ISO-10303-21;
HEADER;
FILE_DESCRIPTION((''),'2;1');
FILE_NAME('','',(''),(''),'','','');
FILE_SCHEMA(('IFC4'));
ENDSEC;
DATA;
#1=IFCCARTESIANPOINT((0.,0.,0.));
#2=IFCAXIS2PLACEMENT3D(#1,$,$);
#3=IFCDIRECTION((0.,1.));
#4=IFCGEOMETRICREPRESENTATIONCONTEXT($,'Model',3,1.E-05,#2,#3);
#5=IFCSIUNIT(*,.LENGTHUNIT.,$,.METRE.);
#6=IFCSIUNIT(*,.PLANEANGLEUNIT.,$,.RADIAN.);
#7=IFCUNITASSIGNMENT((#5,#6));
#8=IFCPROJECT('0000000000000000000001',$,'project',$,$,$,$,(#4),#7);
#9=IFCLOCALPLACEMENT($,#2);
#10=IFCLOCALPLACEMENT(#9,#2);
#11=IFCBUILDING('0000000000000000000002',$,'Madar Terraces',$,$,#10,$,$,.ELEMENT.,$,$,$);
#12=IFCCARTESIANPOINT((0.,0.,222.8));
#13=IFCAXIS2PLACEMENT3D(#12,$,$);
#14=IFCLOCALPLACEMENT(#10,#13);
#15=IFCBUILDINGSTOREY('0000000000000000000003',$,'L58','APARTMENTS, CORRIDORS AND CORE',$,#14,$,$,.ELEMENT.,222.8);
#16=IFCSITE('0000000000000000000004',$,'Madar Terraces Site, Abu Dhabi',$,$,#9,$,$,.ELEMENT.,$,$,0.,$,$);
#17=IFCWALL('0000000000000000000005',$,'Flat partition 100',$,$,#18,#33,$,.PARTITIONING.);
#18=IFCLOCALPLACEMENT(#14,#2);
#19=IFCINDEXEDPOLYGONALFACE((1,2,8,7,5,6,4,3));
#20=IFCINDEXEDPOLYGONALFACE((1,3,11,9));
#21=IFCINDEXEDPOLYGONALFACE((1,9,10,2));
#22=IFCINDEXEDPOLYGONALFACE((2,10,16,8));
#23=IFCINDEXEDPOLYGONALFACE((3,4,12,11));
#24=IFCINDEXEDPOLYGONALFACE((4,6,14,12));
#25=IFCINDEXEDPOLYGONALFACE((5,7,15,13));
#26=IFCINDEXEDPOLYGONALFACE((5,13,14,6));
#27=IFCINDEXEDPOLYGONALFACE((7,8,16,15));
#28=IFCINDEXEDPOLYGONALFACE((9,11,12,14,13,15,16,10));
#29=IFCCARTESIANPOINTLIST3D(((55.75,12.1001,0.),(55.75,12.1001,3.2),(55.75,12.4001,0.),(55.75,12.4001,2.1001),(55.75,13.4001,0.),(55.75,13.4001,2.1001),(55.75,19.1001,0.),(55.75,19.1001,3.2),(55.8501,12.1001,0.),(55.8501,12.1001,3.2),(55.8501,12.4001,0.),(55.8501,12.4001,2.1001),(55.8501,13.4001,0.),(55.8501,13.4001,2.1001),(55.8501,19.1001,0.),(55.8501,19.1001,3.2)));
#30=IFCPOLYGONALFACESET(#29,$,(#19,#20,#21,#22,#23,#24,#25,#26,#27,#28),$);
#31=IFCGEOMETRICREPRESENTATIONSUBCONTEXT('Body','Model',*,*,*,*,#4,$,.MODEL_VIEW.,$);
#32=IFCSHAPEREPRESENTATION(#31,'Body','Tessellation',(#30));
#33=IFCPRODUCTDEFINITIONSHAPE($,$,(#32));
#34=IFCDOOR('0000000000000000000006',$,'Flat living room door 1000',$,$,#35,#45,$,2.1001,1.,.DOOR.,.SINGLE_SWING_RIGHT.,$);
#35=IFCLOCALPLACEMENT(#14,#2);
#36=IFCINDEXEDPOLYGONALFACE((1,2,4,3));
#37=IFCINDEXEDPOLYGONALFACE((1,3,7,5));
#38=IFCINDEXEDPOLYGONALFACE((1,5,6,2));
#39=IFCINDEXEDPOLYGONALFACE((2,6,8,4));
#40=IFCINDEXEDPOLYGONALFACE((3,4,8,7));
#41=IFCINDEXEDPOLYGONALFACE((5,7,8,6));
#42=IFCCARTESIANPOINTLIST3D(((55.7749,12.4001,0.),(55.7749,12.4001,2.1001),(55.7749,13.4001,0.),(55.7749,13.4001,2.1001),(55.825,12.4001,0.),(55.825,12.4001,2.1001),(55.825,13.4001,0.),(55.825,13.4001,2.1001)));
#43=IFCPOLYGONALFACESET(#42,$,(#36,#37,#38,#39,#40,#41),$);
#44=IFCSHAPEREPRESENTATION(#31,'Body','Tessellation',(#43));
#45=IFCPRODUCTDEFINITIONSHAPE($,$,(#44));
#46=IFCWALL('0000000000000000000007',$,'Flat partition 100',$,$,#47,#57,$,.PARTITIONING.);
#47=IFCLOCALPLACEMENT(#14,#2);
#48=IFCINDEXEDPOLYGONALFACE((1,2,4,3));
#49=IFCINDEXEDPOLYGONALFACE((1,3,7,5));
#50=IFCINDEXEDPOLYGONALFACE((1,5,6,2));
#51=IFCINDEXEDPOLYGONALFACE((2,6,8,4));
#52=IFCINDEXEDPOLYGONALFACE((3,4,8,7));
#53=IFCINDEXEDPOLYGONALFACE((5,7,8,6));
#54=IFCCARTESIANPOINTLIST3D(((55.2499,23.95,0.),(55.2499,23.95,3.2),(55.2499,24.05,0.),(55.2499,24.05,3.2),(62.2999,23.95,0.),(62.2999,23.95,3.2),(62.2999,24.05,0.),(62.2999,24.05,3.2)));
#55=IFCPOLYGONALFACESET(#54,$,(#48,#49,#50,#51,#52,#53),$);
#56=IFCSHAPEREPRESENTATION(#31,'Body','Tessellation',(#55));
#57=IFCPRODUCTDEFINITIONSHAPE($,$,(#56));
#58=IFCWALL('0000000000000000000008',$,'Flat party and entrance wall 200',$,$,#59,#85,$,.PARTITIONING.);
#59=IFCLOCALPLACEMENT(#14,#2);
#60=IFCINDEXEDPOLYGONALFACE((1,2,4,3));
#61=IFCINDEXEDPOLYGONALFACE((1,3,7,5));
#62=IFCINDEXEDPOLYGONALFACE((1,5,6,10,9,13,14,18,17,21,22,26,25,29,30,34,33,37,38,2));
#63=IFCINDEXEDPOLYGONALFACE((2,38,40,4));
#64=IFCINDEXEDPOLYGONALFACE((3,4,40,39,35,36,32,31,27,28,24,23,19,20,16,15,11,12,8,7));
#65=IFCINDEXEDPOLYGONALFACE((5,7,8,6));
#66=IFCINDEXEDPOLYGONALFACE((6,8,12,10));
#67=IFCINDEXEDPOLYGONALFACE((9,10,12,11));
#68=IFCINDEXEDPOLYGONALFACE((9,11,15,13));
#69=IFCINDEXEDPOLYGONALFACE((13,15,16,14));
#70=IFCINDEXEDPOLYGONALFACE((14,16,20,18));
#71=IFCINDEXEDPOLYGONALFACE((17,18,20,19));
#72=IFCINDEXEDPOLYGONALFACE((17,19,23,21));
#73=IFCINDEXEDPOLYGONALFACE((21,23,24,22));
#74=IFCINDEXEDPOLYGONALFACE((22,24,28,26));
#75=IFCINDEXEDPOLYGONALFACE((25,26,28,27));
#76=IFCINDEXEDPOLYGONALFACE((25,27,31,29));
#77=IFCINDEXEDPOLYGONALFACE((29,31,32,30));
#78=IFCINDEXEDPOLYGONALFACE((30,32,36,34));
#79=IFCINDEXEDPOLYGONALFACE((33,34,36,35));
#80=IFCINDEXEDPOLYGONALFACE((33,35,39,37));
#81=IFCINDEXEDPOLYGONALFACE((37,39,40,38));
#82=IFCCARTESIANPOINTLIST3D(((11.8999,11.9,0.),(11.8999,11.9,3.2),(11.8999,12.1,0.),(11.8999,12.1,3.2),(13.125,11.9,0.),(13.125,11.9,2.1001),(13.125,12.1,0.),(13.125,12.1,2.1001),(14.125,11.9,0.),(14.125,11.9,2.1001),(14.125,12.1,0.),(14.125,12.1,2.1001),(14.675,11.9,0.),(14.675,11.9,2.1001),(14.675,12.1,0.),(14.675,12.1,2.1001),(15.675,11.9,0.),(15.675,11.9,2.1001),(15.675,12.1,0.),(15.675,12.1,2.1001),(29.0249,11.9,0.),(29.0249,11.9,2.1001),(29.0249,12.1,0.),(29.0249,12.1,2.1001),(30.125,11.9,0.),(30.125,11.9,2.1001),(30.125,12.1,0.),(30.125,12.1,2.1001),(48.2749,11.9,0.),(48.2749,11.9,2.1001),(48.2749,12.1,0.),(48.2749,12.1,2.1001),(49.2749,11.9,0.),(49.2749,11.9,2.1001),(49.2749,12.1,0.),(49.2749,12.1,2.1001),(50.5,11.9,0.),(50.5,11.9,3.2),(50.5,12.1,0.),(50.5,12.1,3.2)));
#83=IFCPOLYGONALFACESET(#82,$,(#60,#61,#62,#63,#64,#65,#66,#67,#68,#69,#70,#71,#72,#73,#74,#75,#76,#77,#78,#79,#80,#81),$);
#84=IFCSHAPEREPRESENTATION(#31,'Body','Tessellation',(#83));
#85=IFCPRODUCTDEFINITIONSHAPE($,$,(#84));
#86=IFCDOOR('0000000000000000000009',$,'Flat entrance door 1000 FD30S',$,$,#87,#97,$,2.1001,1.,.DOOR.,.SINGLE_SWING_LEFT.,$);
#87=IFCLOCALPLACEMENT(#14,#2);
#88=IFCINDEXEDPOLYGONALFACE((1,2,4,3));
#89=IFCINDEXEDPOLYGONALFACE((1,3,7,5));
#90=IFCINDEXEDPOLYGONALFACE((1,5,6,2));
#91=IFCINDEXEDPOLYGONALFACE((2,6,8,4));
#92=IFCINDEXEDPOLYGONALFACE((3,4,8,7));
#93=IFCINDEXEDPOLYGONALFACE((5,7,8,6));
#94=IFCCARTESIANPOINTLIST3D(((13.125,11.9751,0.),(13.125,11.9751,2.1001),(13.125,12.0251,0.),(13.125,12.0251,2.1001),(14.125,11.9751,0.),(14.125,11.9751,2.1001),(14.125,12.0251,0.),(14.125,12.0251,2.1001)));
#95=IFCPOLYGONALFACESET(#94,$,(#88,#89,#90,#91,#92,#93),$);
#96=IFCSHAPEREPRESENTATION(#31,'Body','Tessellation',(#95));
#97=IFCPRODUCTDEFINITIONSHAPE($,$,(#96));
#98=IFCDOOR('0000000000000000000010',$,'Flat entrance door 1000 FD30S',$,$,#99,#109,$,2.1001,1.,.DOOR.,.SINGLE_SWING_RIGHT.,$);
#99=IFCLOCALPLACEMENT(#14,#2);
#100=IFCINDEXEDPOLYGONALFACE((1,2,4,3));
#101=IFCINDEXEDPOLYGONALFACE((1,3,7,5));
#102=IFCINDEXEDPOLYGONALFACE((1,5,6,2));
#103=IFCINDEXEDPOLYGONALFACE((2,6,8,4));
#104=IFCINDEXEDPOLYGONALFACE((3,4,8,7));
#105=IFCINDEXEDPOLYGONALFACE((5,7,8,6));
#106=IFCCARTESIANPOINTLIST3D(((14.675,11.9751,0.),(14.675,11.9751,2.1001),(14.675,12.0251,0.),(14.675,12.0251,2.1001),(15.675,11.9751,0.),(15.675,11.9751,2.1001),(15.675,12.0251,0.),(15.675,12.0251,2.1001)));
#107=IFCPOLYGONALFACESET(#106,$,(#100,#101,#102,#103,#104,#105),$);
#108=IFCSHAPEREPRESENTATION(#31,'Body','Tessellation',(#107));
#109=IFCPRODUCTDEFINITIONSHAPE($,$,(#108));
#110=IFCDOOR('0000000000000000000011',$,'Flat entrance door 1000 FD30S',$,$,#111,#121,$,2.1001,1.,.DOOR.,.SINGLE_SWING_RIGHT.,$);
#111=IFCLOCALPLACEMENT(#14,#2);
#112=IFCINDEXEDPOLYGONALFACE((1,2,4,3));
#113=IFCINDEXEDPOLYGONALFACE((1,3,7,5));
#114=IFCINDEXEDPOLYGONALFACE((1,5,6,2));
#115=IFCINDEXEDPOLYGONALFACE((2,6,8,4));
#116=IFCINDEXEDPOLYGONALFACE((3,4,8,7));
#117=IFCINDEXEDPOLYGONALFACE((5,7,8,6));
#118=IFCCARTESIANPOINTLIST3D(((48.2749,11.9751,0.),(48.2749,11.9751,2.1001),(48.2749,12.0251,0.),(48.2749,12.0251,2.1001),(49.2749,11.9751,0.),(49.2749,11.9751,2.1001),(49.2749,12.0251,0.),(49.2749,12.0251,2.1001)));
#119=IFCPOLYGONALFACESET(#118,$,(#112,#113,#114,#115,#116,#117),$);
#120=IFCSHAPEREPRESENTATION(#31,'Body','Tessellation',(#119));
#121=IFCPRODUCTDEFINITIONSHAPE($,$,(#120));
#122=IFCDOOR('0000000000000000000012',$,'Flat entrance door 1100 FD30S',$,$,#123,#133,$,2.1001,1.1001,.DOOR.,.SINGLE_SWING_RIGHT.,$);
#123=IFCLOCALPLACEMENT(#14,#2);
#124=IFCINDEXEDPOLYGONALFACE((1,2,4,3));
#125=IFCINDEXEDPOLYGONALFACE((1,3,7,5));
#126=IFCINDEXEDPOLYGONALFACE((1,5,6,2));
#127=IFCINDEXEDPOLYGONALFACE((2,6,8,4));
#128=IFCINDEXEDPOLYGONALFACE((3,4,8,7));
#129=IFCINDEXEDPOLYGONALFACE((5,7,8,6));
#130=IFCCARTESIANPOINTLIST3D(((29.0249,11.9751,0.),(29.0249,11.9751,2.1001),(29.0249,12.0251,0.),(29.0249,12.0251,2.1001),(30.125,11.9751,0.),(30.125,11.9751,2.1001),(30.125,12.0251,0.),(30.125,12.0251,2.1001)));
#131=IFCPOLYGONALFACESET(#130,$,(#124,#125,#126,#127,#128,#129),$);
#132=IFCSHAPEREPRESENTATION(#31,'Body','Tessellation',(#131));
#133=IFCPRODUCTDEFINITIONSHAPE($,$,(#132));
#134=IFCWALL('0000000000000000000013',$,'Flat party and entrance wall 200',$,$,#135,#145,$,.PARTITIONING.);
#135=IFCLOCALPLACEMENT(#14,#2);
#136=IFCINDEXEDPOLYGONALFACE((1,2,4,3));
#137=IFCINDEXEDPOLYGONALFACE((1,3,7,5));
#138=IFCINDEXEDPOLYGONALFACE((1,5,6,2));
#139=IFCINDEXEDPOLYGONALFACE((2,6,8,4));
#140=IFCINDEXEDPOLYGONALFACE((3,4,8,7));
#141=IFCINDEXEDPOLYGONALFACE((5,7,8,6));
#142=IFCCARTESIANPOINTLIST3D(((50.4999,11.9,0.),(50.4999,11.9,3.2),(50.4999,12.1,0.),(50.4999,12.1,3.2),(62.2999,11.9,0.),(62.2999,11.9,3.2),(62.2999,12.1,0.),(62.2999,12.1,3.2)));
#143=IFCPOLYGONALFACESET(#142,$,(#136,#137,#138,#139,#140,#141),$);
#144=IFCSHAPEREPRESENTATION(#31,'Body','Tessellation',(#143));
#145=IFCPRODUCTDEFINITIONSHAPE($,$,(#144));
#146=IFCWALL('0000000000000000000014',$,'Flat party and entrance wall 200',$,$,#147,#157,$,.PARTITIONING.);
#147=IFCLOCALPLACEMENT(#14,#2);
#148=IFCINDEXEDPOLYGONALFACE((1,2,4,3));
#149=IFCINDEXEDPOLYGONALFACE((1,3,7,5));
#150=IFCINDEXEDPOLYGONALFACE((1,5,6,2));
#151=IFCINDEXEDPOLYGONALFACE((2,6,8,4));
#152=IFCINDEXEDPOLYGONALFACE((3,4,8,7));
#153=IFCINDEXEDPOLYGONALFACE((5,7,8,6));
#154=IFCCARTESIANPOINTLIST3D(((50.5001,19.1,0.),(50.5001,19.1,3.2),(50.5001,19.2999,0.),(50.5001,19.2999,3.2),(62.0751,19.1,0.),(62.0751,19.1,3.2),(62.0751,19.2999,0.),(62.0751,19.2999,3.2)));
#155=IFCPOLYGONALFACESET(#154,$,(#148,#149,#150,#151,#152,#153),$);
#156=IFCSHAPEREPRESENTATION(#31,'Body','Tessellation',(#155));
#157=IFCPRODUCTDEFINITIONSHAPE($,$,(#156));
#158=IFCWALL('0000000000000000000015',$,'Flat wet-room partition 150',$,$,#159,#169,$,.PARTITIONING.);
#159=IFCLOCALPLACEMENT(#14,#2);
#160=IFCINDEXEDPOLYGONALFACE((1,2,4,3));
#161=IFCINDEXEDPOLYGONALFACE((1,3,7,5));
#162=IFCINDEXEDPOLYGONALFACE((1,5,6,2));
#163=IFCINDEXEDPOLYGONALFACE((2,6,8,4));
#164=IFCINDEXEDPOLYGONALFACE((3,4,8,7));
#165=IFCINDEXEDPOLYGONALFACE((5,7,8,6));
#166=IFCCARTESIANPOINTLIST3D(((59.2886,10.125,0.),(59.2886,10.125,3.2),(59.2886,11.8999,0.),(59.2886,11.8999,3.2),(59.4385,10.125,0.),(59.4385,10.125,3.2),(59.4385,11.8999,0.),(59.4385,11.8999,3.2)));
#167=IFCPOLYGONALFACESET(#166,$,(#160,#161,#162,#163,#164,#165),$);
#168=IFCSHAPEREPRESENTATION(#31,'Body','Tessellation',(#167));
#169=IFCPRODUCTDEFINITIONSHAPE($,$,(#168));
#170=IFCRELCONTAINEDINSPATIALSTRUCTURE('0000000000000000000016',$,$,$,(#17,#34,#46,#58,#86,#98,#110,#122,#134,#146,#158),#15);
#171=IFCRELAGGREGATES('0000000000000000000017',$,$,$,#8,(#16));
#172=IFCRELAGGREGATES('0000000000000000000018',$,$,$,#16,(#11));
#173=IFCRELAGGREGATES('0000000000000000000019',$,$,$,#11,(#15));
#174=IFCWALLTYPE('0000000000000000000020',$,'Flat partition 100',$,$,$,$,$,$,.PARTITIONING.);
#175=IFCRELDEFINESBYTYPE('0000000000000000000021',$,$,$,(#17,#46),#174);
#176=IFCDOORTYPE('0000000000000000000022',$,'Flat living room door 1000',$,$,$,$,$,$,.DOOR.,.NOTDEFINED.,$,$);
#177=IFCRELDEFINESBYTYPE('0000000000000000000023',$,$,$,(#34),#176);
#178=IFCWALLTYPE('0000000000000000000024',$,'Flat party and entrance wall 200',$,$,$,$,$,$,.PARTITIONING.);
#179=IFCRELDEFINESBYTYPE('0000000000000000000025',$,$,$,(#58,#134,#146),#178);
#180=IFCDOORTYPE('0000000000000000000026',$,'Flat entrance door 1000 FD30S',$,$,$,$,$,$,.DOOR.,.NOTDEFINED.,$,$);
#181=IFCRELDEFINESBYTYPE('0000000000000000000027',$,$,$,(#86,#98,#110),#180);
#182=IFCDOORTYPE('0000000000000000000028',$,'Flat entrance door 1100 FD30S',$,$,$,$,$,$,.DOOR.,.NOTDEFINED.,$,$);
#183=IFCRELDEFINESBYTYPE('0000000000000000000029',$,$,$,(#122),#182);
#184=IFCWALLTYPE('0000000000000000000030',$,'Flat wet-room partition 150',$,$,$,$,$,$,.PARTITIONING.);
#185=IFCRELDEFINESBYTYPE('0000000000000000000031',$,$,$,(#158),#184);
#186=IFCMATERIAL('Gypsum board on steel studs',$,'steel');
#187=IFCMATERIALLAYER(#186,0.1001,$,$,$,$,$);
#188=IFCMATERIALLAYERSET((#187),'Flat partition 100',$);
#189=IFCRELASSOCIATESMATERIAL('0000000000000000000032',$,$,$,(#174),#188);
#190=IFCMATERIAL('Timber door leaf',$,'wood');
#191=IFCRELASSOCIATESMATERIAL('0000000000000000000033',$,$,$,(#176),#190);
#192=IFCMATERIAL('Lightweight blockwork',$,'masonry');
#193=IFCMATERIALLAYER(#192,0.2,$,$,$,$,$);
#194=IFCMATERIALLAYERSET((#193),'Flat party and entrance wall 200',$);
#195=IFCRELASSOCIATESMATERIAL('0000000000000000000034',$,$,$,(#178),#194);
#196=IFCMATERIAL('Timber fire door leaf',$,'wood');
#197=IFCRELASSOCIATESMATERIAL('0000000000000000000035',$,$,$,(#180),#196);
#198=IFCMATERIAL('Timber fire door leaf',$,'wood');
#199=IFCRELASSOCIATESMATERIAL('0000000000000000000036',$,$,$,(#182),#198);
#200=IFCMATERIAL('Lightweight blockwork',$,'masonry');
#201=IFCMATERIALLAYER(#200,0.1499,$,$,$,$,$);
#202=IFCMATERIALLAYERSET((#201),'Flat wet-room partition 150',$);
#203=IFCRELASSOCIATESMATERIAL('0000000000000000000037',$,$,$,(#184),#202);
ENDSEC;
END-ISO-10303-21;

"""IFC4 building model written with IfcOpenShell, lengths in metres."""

from ifc_helpers import new_model, si_unit, direction, frame, frame_2d, origin, place, context, subcontext, project, spatial, rectangle, extrude, material, layer, layer_set, type_object, element, fill, save


model = new_model("IFC4")

# Units and contexts
model_context = context("Model", 3, precision=1e-05, world=origin(), true_north=direction((0.0, 1.0)))
body_context = subcontext(model_context, "Body", "Model", "MODEL_VIEW")
ifc_project = project(units=[si_unit("LENGTHUNIT", "METRE"), si_unit("PLANEANGLEUNIT", "RADIAN")], contexts=[model_context])

# Site, building, storey
site_placement = place(None, origin())
site = spatial("IfcSite", under=ifc_project, at=site_placement, Name="Madar Terraces Site, Abu Dhabi", CompositionType="ELEMENT", RefElevation=0.0)
building_placement = place(site_placement, origin())
building = spatial("IfcBuilding", under=site, at=building_placement, Name="Madar Terraces", CompositionType="ELEMENT")
storey_placement = place(building_placement, frame((0.0, 0.0, 222.8)))
storey = spatial("IfcBuildingStorey", under=building, at=storey_placement, Name="L58", Description="APARTMENTS, CORRIDORS AND CORE", CompositionType="ELEMENT", Elevation=222.8)

# Wall, opening, door
ifc_material_1 = material(Name="Gypsum board on steel studs", Category="steel")
ifc_layer_1 = layer(ifc_material_1, 0.1001)
ifc_layer_set_1 = layer_set([ifc_layer_1], Name="Flat partition 100")
wall_type_1 = type_object("IfcWallType", Name="Flat partition 100", PredefinedType="PARTITIONING", material=ifc_layer_set_1)
wall_1_placement = place(storey_placement, frame((55.8, 19.1001, 0.0), z_axis=(0.0, 0.0, 1.0), x_axis=(0.0, -1.0, 0.0)))
wall_1 = element("IfcWall", 1, at=wall_1_placement, inside=storey, type_object=wall_type_1, Name="Flat partition 100", PredefinedType="PARTITIONING", context=body_context, shape_type="SweptSolid", body=[
    extrude(rectangle(XDim=7.0, YDim=0.1001, at=frame_2d((3.5, 0.0))), origin(), (0.0, 0.0, 1.0), 3.2),
])
opening_1_placement = place(wall_1_placement, frame((5.7, 0.0, 0.0)))
opening_1 = element("IfcOpeningElement", 2, at=opening_1_placement, cuts=wall_1, PredefinedType="OPENING", context=body_context, shape_type="SweptSolid", body=[
    extrude(rectangle(XDim=1.0, YDim=2.1001, at=frame_2d((0.5, 1.05))), frame((0.0, 0.0601, 0.0), z_axis=(0.0, -1.0, 0.0), x_axis=(1.0, 0.0, 0.0)), (0.0, 0.0, 1.0), 0.1201),
])
ifc_material_2 = material(Name="Timber door leaf", Category="wood")
door_type_1 = type_object("IfcDoorType", Name="Flat living room door 1000", OperationType="NOTDEFINED", PredefinedType="DOOR", material=ifc_material_2)
door_1_placement = place(opening_1_placement, origin())
door_1 = element("IfcDoor", 3, at=door_1_placement, inside=storey, type_object=door_type_1, Name="Flat living room door 1000", OperationType="SINGLE_SWING_RIGHT", OverallHeight=2.1001, OverallWidth=1.0, PredefinedType="DOOR", context=body_context, shape_type="SweptSolid", body=[
    extrude(rectangle(XDim=1.0, YDim=2.1001, at=frame_2d((0.5, 1.05))), frame((0.0, 0.0249, 0.0), z_axis=(0.0, -1.0, 0.0), x_axis=(1.0, 0.0, 0.0)), (0.0, 0.0, 1.0), 0.05),
])
fill(opening_1, door_1)

# Wall
wall_2_placement = place(storey_placement, frame((55.25, 24.0, 0.0), z_axis=(0.0, 0.0, 1.0), x_axis=(1.0, 0.0, 0.0)))
element("IfcWall", 4, at=wall_2_placement, inside=storey, type_object=wall_type_1, Name="Flat partition 100", PredefinedType="PARTITIONING", context=body_context, shape_type="SweptSolid", body=[
    extrude(rectangle(XDim=7.05, YDim=0.1001, at=frame_2d((3.5249, 0.0))), origin(), (0.0, 0.0, 1.0), 3.2),
])

# Wall, openings, doors
ifc_material_3 = material(Name="Lightweight blockwork", Category="masonry")
ifc_layer_2 = layer(ifc_material_3, 0.2)
ifc_layer_set_2 = layer_set([ifc_layer_2], Name="Flat party and entrance wall 200")
wall_type_2 = type_object("IfcWallType", Name="Flat party and entrance wall 200", PredefinedType="PARTITIONING", material=ifc_layer_set_2)
wall_3_placement = place(storey_placement, frame((50.5, 12.0, 0.0), z_axis=(0.0, 0.0, 1.0), x_axis=(-1.0, 0.0, 0.0)))
wall_3 = element("IfcWall", 5, at=wall_3_placement, inside=storey, type_object=wall_type_2, Name="Flat party and entrance wall 200", PredefinedType="PARTITIONING", context=body_context, shape_type="SweptSolid", body=[
    extrude(rectangle(XDim=38.6001, YDim=0.2, at=frame_2d((19.3, 0.0))), origin(), (0.0, 0.0, 1.0), 3.2),
])
opening_2_placement = place(wall_3_placement, frame((36.375, 0.0, 0.0)))
opening_2 = element("IfcOpeningElement", 6, at=opening_2_placement, cuts=wall_3, PredefinedType="OPENING", context=body_context, shape_type="SweptSolid", body=[
    extrude(rectangle(XDim=1.0, YDim=2.1001, at=frame_2d((0.5, 1.05))), frame((0.0, 0.1099, 0.0), z_axis=(0.0, -1.0, 0.0), x_axis=(1.0, 0.0, 0.0)), (0.0, 0.0, 1.0), 0.22),
])
opening_3_placement = place(wall_3_placement, frame((34.825, 0.0, 0.0)))
opening_3 = element("IfcOpeningElement", 7, at=opening_3_placement, cuts=wall_3, PredefinedType="OPENING", context=body_context, shape_type="SweptSolid", body=[
    extrude(rectangle(XDim=1.0, YDim=2.1001, at=frame_2d((0.5, 1.05))), frame((0.0, 0.1099, 0.0), z_axis=(0.0, -1.0, 0.0), x_axis=(1.0, 0.0, 0.0)), (0.0, 0.0, 1.0), 0.22),
])
opening_4_placement = place(wall_3_placement, frame((20.375, 0.0, 0.0)))
opening_4 = element("IfcOpeningElement", 8, at=opening_4_placement, cuts=wall_3, PredefinedType="OPENING", context=body_context, shape_type="SweptSolid", body=[
    extrude(rectangle(XDim=1.1001, YDim=2.1001, at=frame_2d((0.55, 1.05))), frame((0.0, 0.1099, 0.0), z_axis=(0.0, -1.0, 0.0), x_axis=(1.0, 0.0, 0.0)), (0.0, 0.0, 1.0), 0.22),
])
opening_5_placement = place(wall_3_placement, frame((1.2251, 0.0, 0.0)))
opening_5 = element("IfcOpeningElement", 9, at=opening_5_placement, cuts=wall_3, PredefinedType="OPENING", context=body_context, shape_type="SweptSolid", body=[
    extrude(rectangle(XDim=1.0, YDim=2.1001, at=frame_2d((0.5, 1.05))), frame((0.0, 0.1099, 0.0), z_axis=(0.0, -1.0, 0.0), x_axis=(1.0, 0.0, 0.0)), (0.0, 0.0, 1.0), 0.22),
])
ifc_material_4 = material(Name="Timber fire door leaf", Category="wood")
door_type_2 = type_object("IfcDoorType", Name="Flat entrance door 1000 FD30S", OperationType="NOTDEFINED", PredefinedType="DOOR", material=ifc_material_4)
door_2_placement = place(opening_2_placement, origin())
door_2 = element("IfcDoor", 10, at=door_2_placement, inside=storey, type_object=door_type_2, Name="Flat entrance door 1000 FD30S", OperationType="SINGLE_SWING_LEFT", OverallHeight=2.1001, OverallWidth=1.0, PredefinedType="DOOR", context=body_context, shape_type="SweptSolid", body=[
    extrude(rectangle(XDim=1.0, YDim=2.1001, at=frame_2d((0.5, 1.05))), frame((0.0, 0.0249, 0.0), z_axis=(0.0, -1.0, 0.0), x_axis=(1.0, 0.0, 0.0)), (0.0, 0.0, 1.0), 0.05),
])
fill(opening_2, door_2)
door_3_placement = place(opening_3_placement, origin())
door_3 = element("IfcDoor", 11, at=door_3_placement, inside=storey, type_object=door_type_2, Name="Flat entrance door 1000 FD30S", OperationType="SINGLE_SWING_RIGHT", OverallHeight=2.1001, OverallWidth=1.0, PredefinedType="DOOR", context=body_context, shape_type="SweptSolid", body=[
    extrude(rectangle(XDim=1.0, YDim=2.1001, at=frame_2d((0.5, 1.05))), frame((0.0, 0.0249, 0.0), z_axis=(0.0, -1.0, 0.0), x_axis=(1.0, 0.0, 0.0)), (0.0, 0.0, 1.0), 0.05),
])
fill(opening_3, door_3)
door_4_placement = place(opening_5_placement, origin())
door_4 = element("IfcDoor", 12, at=door_4_placement, inside=storey, type_object=door_type_2, Name="Flat entrance door 1000 FD30S", OperationType="SINGLE_SWING_RIGHT", OverallHeight=2.1001, OverallWidth=1.0, PredefinedType="DOOR", context=body_context, shape_type="SweptSolid", body=[
    extrude(rectangle(XDim=1.0, YDim=2.1001, at=frame_2d((0.5, 1.05))), frame((0.0, 0.0249, 0.0), z_axis=(0.0, -1.0, 0.0), x_axis=(1.0, 0.0, 0.0)), (0.0, 0.0, 1.0), 0.05),
])
fill(opening_5, door_4)
ifc_material_5 = material(Name="Timber fire door leaf", Category="wood")
door_type_3 = type_object("IfcDoorType", Name="Flat entrance door 1100 FD30S", OperationType="NOTDEFINED", PredefinedType="DOOR", material=ifc_material_5)
door_5_placement = place(opening_4_placement, origin())
door_5 = element("IfcDoor", 13, at=door_5_placement, inside=storey, type_object=door_type_3, Name="Flat entrance door 1100 FD30S", OperationType="SINGLE_SWING_RIGHT", OverallHeight=2.1001, OverallWidth=1.1001, PredefinedType="DOOR", context=body_context, shape_type="SweptSolid", body=[
    extrude(rectangle(XDim=1.1001, YDim=2.1001, at=frame_2d((0.55, 1.05))), frame((0.0, 0.0249, 0.0), z_axis=(0.0, -1.0, 0.0), x_axis=(1.0, 0.0, 0.0)), (0.0, 0.0, 1.0), 0.05),
])
fill(opening_4, door_5)

# Walls
wall_4_placement = place(storey_placement, frame((50.5, 12.0, 0.0), z_axis=(0.0, 0.0, 1.0), x_axis=(1.0, 0.0, 0.0)))
element("IfcWall", 14, at=wall_4_placement, inside=storey, type_object=wall_type_2, Name="Flat party and entrance wall 200", PredefinedType="PARTITIONING", context=body_context, shape_type="SweptSolid", body=[
    extrude(rectangle(XDim=11.8, YDim=0.2, at=frame_2d((5.8999, 0.0))), origin(), (0.0, 0.0, 1.0), 3.2),
])
wall_5_placement = place(storey_placement, frame((50.5, 19.2, 0.0), z_axis=(0.0, 0.0, 1.0), x_axis=(1.0, 0.0, 0.0)))
element("IfcWall", 15, at=wall_5_placement, inside=storey, type_object=wall_type_2, Name="Flat party and entrance wall 200", PredefinedType="PARTITIONING", context=body_context, shape_type="SweptSolid", body=[
    extrude(rectangle(XDim=11.575, YDim=0.2, at=frame_2d((5.7876, 0.0))), origin(), (0.0, 0.0, 1.0), 3.2),
])
ifc_material_6 = material(Name="Lightweight blockwork", Category="masonry")
ifc_layer_3 = layer(ifc_material_6, 0.1499)
ifc_layer_set_3 = layer_set([ifc_layer_3], Name="Flat wet-room partition 150")
wall_type_3 = type_object("IfcWallType", Name="Flat wet-room partition 150", PredefinedType="PARTITIONING", material=ifc_layer_set_3)
wall_6_placement = place(storey_placement, frame((59.3635, 11.8999, 0.0), z_axis=(0.0, 0.0, 1.0), x_axis=(0.0, -1.0, 0.0)))
element("IfcWall", 16, at=wall_6_placement, inside=storey, type_object=wall_type_3, Name="Flat wet-room partition 150", PredefinedType="PARTITIONING", context=body_context, shape_type="SweptSolid", body=[
    extrude(rectangle(XDim=1.7749, YDim=0.1499, at=frame_2d((0.8875, 0.0))), origin(), (0.0, 0.0, 1.0), 3.2),
])

save(model, "model.ifc")
